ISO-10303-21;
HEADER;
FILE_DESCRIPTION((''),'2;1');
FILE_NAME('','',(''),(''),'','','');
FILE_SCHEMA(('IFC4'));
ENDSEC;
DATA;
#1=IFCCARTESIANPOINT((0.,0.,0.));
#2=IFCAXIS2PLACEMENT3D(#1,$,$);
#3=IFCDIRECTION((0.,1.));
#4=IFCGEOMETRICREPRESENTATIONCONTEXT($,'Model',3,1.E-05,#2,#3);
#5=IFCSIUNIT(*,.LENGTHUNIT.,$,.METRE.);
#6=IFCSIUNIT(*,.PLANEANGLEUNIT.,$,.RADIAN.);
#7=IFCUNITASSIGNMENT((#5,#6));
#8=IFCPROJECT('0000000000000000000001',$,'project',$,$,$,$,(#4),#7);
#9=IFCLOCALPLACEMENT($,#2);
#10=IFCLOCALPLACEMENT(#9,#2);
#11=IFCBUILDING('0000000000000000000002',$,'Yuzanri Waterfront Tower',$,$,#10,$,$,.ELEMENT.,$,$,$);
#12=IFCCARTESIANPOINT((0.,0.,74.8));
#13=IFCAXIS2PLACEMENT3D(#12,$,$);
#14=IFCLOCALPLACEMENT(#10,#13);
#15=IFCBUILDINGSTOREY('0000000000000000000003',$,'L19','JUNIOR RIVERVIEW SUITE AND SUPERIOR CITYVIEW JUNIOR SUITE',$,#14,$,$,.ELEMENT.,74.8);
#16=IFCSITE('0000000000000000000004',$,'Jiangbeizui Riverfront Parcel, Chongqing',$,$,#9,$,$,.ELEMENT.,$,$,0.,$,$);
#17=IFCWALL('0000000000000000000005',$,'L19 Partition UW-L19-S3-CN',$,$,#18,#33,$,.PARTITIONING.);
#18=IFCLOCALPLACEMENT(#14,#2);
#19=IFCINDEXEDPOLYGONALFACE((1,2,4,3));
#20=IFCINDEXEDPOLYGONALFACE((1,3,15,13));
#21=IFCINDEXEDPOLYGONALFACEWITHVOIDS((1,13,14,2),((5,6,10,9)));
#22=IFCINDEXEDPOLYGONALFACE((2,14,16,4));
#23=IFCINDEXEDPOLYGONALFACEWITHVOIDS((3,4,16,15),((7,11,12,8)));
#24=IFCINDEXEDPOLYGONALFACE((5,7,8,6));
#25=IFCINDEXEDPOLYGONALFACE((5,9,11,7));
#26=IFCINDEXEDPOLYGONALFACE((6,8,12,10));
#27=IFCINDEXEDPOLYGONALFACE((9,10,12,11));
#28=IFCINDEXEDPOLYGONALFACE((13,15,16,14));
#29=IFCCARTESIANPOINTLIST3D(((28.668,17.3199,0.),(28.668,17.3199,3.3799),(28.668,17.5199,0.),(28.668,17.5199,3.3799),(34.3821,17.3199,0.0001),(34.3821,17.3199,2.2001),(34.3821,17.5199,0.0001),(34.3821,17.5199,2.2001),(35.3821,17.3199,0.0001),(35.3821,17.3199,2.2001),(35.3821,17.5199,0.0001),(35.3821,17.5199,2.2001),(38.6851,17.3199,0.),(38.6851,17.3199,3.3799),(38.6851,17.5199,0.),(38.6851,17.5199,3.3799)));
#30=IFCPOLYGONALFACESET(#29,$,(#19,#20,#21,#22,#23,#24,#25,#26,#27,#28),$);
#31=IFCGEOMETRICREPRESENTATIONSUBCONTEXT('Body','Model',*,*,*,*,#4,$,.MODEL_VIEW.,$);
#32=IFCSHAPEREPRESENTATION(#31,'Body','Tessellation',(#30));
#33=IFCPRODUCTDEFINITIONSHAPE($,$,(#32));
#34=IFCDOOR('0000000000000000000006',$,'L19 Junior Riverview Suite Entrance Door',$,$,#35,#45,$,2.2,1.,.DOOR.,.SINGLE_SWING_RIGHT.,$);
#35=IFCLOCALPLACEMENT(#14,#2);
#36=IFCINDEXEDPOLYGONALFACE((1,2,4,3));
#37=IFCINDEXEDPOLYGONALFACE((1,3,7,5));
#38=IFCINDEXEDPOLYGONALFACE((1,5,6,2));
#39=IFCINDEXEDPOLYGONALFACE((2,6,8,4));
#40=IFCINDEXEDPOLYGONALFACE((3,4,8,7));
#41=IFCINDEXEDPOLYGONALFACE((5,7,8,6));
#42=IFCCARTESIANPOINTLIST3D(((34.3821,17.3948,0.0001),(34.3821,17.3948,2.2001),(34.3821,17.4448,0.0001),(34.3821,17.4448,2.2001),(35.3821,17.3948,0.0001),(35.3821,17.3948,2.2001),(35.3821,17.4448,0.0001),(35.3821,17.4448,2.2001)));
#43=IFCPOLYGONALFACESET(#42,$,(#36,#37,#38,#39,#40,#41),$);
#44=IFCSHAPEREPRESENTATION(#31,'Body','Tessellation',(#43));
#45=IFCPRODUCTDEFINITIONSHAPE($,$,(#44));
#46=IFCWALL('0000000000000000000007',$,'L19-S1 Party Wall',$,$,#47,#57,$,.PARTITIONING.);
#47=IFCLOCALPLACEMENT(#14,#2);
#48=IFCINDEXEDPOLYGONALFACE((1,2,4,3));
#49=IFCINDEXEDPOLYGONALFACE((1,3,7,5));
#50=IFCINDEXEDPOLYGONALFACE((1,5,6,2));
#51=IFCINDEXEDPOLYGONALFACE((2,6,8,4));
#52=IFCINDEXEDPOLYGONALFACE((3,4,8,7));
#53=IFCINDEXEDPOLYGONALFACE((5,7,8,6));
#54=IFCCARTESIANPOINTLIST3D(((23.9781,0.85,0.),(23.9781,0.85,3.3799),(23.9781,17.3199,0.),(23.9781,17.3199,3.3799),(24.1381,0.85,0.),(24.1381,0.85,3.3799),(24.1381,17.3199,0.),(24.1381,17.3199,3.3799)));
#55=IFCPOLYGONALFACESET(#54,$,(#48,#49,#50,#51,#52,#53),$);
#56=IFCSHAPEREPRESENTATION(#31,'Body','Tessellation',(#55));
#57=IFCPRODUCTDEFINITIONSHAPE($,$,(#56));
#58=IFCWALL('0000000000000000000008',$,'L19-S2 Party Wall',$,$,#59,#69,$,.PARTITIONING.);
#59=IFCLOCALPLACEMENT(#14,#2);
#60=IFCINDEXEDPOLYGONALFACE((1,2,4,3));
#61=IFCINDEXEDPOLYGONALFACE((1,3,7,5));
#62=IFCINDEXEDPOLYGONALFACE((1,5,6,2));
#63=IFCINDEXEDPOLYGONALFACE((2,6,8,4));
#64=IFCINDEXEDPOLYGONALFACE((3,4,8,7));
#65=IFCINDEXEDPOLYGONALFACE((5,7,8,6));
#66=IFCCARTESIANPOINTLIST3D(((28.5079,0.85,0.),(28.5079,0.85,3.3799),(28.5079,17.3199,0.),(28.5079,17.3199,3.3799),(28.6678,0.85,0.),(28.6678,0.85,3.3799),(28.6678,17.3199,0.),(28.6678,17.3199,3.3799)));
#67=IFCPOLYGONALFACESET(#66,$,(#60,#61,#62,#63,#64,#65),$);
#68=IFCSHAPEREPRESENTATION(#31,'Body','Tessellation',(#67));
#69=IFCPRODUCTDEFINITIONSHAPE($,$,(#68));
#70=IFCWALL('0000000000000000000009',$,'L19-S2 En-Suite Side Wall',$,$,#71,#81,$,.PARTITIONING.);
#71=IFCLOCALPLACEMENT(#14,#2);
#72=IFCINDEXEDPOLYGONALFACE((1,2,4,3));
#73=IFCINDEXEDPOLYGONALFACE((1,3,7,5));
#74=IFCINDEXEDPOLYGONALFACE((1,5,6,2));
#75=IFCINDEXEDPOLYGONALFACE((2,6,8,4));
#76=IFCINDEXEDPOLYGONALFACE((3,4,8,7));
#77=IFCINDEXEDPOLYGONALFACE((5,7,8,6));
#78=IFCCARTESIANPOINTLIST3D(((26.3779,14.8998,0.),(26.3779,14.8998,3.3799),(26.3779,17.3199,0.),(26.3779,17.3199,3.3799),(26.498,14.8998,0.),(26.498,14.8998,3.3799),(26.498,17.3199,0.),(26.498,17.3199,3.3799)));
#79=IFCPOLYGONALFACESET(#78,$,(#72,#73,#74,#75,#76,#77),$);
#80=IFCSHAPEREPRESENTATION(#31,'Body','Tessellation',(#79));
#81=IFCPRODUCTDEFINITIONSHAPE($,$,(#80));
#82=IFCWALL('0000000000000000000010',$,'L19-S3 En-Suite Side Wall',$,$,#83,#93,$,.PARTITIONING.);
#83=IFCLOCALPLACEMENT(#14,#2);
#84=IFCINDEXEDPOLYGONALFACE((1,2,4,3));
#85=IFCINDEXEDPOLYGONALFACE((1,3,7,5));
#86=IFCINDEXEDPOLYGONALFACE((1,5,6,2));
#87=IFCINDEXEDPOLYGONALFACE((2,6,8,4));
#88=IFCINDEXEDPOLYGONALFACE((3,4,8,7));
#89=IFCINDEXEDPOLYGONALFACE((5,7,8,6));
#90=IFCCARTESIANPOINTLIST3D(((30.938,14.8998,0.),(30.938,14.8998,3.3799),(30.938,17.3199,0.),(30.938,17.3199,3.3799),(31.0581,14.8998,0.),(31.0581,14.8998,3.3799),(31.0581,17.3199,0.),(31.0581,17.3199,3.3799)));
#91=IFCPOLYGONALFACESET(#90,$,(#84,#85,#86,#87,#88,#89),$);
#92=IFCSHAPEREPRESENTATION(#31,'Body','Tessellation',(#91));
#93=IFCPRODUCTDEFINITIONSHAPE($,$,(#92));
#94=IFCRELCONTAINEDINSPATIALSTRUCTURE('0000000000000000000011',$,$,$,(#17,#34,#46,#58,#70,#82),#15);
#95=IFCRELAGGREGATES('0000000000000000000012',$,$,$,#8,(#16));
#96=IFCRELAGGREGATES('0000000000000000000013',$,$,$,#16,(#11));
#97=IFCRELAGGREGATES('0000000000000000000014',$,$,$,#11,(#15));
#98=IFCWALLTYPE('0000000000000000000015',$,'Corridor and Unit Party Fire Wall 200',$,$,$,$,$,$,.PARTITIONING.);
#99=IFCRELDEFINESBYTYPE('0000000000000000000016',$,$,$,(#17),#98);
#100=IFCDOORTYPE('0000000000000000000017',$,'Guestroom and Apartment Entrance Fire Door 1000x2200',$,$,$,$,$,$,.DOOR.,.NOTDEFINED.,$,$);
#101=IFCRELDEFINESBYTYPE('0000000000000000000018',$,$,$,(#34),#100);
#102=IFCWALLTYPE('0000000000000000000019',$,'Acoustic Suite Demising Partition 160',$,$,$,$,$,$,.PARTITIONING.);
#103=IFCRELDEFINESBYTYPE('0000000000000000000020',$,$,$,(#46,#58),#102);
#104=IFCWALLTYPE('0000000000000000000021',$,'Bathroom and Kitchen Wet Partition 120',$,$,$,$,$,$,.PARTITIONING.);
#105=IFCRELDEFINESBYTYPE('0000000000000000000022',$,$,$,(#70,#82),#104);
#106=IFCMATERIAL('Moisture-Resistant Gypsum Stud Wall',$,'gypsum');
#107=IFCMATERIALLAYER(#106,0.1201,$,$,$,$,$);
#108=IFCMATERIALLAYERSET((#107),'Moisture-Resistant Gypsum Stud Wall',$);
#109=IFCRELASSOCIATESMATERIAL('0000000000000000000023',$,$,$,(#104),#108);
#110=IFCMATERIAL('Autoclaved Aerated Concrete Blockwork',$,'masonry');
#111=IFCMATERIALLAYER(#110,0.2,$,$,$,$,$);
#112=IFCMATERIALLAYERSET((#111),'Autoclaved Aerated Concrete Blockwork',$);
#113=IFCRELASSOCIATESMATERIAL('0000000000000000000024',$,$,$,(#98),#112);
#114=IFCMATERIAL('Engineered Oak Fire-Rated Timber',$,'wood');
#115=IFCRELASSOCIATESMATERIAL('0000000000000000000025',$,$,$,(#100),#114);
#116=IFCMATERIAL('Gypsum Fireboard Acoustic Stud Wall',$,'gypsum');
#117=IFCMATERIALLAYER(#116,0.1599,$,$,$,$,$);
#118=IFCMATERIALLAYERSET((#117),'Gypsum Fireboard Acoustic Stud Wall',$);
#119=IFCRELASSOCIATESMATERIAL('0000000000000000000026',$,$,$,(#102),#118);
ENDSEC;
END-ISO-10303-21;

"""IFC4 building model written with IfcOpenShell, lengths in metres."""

from ifc_helpers import new_model, si_unit, direction, frame, frame_2d, origin, place, context, subcontext, project, spatial, rectangle, extrude, source, transform, mapped, material, layer, layer_set, type_object, element, fill, save


model = new_model("IFC4")

# Units and contexts
model_context = context("Model", 3, precision=1e-05, world=origin(), true_north=direction((0.0, 1.0)))
body_context = subcontext(model_context, "Body", "Model", "MODEL_VIEW")
ifc_project = project(units=[si_unit("LENGTHUNIT", "METRE"), si_unit("PLANEANGLEUNIT", "RADIAN")], contexts=[model_context])

# Site, building, storey
site_placement = place(None, origin())
site = spatial("IfcSite", under=ifc_project, at=site_placement, Name="Jiangbeizui Riverfront Parcel, Chongqing", CompositionType="ELEMENT", RefElevation=0.0)
building_placement = place(site_placement, origin())
building = spatial("IfcBuilding", under=site, at=building_placement, Name="Yuzanri Waterfront Tower", CompositionType="ELEMENT")
storey_placement = place(building_placement, frame((0.0, 0.0, 74.8)))
storey = spatial("IfcBuildingStorey", under=building, at=storey_placement, Name="L19", Description="JUNIOR RIVERVIEW SUITE AND SUPERIOR CITYVIEW JUNIOR SUITE", CompositionType="ELEMENT", Elevation=74.8)

# Wall, opening, door
ifc_material_1 = material(Name="Moisture-Resistant Gypsum Stud Wall", Category="gypsum")
ifc_layer_1 = layer(ifc_material_1, 0.1201)
ifc_layer_set_1 = layer_set([ifc_layer_1], Name="Moisture-Resistant Gypsum Stud Wall")
wall_type_1 = type_object("IfcWallType", Name="Bathroom and Kitchen Wet Partition 120", PredefinedType="PARTITIONING", material=ifc_layer_set_1)
ifc_material_2 = material(Name="Autoclaved Aerated Concrete Blockwork", Category="masonry")
ifc_layer_2 = layer(ifc_material_2, 0.2)
ifc_layer_set_2 = layer_set([ifc_layer_2], Name="Autoclaved Aerated Concrete Blockwork")
wall_type_2 = type_object("IfcWallType", Name="Corridor and Unit Party Fire Wall 200", PredefinedType="PARTITIONING", material=ifc_layer_set_2)
ifc_material_3 = material(Name="Engineered Oak Fire-Rated Timber", Category="wood")
door_type_1 = type_object("IfcDoorType", Name="Guestroom and Apartment Entrance Fire Door 1000x2200", OperationType="NOTDEFINED", PredefinedType="DOOR", material=ifc_material_3)
shared_shape_1 = source(origin(), body_context, "Body", "SweptSolid", [
    extrude(rectangle(XDim=1.0, YDim=2.2, at=frame_2d((0.5, 1.1001))), frame((0.0, 0.0249, 0.0), z_axis=(0.0, -1.0, 0.0), x_axis=(1.0, 0.0, 0.0)), (0.0, 0.0, 1.0), 0.05),
])
wall_1_placement = place(storey_placement, frame((28.668, 17.4199, 0.0), z_axis=(0.0, 0.0, 1.0), x_axis=(1.0, 0.0, 0.0)))
wall_1 = element("IfcWall", 1, at=wall_1_placement, inside=storey, type_object=wall_type_2, Name="L19 Partition UW-L19-S3-CN", PredefinedType="PARTITIONING", context=body_context, shape_type="SweptSolid", body=[
    extrude(rectangle(XDim=10.0171, YDim=0.2, at=frame_2d((5.0085, 0.0))), origin(), (0.0, 0.0, 1.0), 3.3799),
])
opening_1_placement = place(wall_1_placement, frame((5.7141, 0.0, 0.0)))
opening_1 = element("IfcOpeningElement", 2, at=opening_1_placement, cuts=wall_1, PredefinedType="OPENING", context=body_context, shape_type="SweptSolid", body=[
    extrude(rectangle(XDim=1.0, YDim=2.2, at=frame_2d((0.5, 1.1001))), frame((0.0, 0.1147, 0.0), z_axis=(0.0, -1.0, 0.0), x_axis=(1.0, 0.0, 0.0)), (0.0, 0.0, 1.0), 0.2297),
])
door_1_placement = place(opening_1_placement, origin())
door_1 = element("IfcDoor", 3, at=door_1_placement, inside=storey, type_object=door_type_1, Name="L19 Junior Riverview Suite Entrance Door", OperationType="SINGLE_SWING_RIGHT", OverallHeight=2.2, OverallWidth=1.0, PredefinedType="DOOR", context=body_context, shape_type="MappedRepresentation", body=[
    mapped(shared_shape_1, transform((0.0, 0.0, 0.0), scale=1.0)),
])
fill(opening_1, door_1)

# Walls
ifc_material_4 = material(Name="Gypsum Fireboard Acoustic Stud Wall", Category="gypsum")
ifc_layer_3 = layer(ifc_material_4, 0.1599)
ifc_layer_set_3 = layer_set([ifc_layer_3], Name="Gypsum Fireboard Acoustic Stud Wall")
wall_type_3 = type_object("IfcWallType", Name="Acoustic Suite Demising Partition 160", PredefinedType="PARTITIONING", material=ifc_layer_set_3)
shared_shape_2 = source(origin(), body_context, "Body", "SweptSolid", [
    extrude(rectangle(XDim=16.47, YDim=0.1599, at=frame_2d((8.2349, 0.0))), origin(), (0.0, 0.0, 1.0), 3.3799),
])
for number, where, z_axis, x_axis, name in (
    (4, (24.0581, 0.8501, 0.0), (0.0, 0.0, 1.0), (0.0, 1.0, 0.0), "L19-S1 Party Wall"),
    (5, (28.5879, 0.8501, 0.0), (0.0, 0.0, 1.0), (0.0, 1.0, 0.0), "L19-S2 Party Wall"),
):
    element("IfcWall", number, at=place(storey_placement, frame(where, z_axis=z_axis, x_axis=x_axis)), inside=storey, type_object=wall_type_3, Name=name, PredefinedType="PARTITIONING", context=body_context, shape_type="MappedRepresentation", body=[
        mapped(shared_shape_2, transform((0.0, 0.0, 0.0), scale=1.0)),
    ])
shared_shape_3 = source(origin(), body_context, "Body", "SweptSolid", [
    extrude(rectangle(XDim=2.4202, YDim=0.1201, at=frame_2d((1.21, 0.0))), origin(), (0.0, 0.0, 1.0), 3.3799),
])
for number, where, z_axis, x_axis, name in (
    (6, (26.438, 14.8999, 0.0), (0.0, 0.0, 1.0), (0.0, 1.0, 0.0), "L19-S2 En-Suite Side Wall"),
    (7, (30.998, 14.8999, 0.0), (0.0, 0.0, 1.0), (0.0, 1.0, 0.0), "L19-S3 En-Suite Side Wall"),
):
    element("IfcWall", number, at=place(storey_placement, frame(where, z_axis=z_axis, x_axis=x_axis)), inside=storey, type_object=wall_type_1, Name=name, PredefinedType="PARTITIONING", context=body_context, shape_type="MappedRepresentation", body=[
        mapped(shared_shape_3, transform((0.0, 0.0, 0.0), scale=1.0)),
    ])

save(model, "model.ifc")
